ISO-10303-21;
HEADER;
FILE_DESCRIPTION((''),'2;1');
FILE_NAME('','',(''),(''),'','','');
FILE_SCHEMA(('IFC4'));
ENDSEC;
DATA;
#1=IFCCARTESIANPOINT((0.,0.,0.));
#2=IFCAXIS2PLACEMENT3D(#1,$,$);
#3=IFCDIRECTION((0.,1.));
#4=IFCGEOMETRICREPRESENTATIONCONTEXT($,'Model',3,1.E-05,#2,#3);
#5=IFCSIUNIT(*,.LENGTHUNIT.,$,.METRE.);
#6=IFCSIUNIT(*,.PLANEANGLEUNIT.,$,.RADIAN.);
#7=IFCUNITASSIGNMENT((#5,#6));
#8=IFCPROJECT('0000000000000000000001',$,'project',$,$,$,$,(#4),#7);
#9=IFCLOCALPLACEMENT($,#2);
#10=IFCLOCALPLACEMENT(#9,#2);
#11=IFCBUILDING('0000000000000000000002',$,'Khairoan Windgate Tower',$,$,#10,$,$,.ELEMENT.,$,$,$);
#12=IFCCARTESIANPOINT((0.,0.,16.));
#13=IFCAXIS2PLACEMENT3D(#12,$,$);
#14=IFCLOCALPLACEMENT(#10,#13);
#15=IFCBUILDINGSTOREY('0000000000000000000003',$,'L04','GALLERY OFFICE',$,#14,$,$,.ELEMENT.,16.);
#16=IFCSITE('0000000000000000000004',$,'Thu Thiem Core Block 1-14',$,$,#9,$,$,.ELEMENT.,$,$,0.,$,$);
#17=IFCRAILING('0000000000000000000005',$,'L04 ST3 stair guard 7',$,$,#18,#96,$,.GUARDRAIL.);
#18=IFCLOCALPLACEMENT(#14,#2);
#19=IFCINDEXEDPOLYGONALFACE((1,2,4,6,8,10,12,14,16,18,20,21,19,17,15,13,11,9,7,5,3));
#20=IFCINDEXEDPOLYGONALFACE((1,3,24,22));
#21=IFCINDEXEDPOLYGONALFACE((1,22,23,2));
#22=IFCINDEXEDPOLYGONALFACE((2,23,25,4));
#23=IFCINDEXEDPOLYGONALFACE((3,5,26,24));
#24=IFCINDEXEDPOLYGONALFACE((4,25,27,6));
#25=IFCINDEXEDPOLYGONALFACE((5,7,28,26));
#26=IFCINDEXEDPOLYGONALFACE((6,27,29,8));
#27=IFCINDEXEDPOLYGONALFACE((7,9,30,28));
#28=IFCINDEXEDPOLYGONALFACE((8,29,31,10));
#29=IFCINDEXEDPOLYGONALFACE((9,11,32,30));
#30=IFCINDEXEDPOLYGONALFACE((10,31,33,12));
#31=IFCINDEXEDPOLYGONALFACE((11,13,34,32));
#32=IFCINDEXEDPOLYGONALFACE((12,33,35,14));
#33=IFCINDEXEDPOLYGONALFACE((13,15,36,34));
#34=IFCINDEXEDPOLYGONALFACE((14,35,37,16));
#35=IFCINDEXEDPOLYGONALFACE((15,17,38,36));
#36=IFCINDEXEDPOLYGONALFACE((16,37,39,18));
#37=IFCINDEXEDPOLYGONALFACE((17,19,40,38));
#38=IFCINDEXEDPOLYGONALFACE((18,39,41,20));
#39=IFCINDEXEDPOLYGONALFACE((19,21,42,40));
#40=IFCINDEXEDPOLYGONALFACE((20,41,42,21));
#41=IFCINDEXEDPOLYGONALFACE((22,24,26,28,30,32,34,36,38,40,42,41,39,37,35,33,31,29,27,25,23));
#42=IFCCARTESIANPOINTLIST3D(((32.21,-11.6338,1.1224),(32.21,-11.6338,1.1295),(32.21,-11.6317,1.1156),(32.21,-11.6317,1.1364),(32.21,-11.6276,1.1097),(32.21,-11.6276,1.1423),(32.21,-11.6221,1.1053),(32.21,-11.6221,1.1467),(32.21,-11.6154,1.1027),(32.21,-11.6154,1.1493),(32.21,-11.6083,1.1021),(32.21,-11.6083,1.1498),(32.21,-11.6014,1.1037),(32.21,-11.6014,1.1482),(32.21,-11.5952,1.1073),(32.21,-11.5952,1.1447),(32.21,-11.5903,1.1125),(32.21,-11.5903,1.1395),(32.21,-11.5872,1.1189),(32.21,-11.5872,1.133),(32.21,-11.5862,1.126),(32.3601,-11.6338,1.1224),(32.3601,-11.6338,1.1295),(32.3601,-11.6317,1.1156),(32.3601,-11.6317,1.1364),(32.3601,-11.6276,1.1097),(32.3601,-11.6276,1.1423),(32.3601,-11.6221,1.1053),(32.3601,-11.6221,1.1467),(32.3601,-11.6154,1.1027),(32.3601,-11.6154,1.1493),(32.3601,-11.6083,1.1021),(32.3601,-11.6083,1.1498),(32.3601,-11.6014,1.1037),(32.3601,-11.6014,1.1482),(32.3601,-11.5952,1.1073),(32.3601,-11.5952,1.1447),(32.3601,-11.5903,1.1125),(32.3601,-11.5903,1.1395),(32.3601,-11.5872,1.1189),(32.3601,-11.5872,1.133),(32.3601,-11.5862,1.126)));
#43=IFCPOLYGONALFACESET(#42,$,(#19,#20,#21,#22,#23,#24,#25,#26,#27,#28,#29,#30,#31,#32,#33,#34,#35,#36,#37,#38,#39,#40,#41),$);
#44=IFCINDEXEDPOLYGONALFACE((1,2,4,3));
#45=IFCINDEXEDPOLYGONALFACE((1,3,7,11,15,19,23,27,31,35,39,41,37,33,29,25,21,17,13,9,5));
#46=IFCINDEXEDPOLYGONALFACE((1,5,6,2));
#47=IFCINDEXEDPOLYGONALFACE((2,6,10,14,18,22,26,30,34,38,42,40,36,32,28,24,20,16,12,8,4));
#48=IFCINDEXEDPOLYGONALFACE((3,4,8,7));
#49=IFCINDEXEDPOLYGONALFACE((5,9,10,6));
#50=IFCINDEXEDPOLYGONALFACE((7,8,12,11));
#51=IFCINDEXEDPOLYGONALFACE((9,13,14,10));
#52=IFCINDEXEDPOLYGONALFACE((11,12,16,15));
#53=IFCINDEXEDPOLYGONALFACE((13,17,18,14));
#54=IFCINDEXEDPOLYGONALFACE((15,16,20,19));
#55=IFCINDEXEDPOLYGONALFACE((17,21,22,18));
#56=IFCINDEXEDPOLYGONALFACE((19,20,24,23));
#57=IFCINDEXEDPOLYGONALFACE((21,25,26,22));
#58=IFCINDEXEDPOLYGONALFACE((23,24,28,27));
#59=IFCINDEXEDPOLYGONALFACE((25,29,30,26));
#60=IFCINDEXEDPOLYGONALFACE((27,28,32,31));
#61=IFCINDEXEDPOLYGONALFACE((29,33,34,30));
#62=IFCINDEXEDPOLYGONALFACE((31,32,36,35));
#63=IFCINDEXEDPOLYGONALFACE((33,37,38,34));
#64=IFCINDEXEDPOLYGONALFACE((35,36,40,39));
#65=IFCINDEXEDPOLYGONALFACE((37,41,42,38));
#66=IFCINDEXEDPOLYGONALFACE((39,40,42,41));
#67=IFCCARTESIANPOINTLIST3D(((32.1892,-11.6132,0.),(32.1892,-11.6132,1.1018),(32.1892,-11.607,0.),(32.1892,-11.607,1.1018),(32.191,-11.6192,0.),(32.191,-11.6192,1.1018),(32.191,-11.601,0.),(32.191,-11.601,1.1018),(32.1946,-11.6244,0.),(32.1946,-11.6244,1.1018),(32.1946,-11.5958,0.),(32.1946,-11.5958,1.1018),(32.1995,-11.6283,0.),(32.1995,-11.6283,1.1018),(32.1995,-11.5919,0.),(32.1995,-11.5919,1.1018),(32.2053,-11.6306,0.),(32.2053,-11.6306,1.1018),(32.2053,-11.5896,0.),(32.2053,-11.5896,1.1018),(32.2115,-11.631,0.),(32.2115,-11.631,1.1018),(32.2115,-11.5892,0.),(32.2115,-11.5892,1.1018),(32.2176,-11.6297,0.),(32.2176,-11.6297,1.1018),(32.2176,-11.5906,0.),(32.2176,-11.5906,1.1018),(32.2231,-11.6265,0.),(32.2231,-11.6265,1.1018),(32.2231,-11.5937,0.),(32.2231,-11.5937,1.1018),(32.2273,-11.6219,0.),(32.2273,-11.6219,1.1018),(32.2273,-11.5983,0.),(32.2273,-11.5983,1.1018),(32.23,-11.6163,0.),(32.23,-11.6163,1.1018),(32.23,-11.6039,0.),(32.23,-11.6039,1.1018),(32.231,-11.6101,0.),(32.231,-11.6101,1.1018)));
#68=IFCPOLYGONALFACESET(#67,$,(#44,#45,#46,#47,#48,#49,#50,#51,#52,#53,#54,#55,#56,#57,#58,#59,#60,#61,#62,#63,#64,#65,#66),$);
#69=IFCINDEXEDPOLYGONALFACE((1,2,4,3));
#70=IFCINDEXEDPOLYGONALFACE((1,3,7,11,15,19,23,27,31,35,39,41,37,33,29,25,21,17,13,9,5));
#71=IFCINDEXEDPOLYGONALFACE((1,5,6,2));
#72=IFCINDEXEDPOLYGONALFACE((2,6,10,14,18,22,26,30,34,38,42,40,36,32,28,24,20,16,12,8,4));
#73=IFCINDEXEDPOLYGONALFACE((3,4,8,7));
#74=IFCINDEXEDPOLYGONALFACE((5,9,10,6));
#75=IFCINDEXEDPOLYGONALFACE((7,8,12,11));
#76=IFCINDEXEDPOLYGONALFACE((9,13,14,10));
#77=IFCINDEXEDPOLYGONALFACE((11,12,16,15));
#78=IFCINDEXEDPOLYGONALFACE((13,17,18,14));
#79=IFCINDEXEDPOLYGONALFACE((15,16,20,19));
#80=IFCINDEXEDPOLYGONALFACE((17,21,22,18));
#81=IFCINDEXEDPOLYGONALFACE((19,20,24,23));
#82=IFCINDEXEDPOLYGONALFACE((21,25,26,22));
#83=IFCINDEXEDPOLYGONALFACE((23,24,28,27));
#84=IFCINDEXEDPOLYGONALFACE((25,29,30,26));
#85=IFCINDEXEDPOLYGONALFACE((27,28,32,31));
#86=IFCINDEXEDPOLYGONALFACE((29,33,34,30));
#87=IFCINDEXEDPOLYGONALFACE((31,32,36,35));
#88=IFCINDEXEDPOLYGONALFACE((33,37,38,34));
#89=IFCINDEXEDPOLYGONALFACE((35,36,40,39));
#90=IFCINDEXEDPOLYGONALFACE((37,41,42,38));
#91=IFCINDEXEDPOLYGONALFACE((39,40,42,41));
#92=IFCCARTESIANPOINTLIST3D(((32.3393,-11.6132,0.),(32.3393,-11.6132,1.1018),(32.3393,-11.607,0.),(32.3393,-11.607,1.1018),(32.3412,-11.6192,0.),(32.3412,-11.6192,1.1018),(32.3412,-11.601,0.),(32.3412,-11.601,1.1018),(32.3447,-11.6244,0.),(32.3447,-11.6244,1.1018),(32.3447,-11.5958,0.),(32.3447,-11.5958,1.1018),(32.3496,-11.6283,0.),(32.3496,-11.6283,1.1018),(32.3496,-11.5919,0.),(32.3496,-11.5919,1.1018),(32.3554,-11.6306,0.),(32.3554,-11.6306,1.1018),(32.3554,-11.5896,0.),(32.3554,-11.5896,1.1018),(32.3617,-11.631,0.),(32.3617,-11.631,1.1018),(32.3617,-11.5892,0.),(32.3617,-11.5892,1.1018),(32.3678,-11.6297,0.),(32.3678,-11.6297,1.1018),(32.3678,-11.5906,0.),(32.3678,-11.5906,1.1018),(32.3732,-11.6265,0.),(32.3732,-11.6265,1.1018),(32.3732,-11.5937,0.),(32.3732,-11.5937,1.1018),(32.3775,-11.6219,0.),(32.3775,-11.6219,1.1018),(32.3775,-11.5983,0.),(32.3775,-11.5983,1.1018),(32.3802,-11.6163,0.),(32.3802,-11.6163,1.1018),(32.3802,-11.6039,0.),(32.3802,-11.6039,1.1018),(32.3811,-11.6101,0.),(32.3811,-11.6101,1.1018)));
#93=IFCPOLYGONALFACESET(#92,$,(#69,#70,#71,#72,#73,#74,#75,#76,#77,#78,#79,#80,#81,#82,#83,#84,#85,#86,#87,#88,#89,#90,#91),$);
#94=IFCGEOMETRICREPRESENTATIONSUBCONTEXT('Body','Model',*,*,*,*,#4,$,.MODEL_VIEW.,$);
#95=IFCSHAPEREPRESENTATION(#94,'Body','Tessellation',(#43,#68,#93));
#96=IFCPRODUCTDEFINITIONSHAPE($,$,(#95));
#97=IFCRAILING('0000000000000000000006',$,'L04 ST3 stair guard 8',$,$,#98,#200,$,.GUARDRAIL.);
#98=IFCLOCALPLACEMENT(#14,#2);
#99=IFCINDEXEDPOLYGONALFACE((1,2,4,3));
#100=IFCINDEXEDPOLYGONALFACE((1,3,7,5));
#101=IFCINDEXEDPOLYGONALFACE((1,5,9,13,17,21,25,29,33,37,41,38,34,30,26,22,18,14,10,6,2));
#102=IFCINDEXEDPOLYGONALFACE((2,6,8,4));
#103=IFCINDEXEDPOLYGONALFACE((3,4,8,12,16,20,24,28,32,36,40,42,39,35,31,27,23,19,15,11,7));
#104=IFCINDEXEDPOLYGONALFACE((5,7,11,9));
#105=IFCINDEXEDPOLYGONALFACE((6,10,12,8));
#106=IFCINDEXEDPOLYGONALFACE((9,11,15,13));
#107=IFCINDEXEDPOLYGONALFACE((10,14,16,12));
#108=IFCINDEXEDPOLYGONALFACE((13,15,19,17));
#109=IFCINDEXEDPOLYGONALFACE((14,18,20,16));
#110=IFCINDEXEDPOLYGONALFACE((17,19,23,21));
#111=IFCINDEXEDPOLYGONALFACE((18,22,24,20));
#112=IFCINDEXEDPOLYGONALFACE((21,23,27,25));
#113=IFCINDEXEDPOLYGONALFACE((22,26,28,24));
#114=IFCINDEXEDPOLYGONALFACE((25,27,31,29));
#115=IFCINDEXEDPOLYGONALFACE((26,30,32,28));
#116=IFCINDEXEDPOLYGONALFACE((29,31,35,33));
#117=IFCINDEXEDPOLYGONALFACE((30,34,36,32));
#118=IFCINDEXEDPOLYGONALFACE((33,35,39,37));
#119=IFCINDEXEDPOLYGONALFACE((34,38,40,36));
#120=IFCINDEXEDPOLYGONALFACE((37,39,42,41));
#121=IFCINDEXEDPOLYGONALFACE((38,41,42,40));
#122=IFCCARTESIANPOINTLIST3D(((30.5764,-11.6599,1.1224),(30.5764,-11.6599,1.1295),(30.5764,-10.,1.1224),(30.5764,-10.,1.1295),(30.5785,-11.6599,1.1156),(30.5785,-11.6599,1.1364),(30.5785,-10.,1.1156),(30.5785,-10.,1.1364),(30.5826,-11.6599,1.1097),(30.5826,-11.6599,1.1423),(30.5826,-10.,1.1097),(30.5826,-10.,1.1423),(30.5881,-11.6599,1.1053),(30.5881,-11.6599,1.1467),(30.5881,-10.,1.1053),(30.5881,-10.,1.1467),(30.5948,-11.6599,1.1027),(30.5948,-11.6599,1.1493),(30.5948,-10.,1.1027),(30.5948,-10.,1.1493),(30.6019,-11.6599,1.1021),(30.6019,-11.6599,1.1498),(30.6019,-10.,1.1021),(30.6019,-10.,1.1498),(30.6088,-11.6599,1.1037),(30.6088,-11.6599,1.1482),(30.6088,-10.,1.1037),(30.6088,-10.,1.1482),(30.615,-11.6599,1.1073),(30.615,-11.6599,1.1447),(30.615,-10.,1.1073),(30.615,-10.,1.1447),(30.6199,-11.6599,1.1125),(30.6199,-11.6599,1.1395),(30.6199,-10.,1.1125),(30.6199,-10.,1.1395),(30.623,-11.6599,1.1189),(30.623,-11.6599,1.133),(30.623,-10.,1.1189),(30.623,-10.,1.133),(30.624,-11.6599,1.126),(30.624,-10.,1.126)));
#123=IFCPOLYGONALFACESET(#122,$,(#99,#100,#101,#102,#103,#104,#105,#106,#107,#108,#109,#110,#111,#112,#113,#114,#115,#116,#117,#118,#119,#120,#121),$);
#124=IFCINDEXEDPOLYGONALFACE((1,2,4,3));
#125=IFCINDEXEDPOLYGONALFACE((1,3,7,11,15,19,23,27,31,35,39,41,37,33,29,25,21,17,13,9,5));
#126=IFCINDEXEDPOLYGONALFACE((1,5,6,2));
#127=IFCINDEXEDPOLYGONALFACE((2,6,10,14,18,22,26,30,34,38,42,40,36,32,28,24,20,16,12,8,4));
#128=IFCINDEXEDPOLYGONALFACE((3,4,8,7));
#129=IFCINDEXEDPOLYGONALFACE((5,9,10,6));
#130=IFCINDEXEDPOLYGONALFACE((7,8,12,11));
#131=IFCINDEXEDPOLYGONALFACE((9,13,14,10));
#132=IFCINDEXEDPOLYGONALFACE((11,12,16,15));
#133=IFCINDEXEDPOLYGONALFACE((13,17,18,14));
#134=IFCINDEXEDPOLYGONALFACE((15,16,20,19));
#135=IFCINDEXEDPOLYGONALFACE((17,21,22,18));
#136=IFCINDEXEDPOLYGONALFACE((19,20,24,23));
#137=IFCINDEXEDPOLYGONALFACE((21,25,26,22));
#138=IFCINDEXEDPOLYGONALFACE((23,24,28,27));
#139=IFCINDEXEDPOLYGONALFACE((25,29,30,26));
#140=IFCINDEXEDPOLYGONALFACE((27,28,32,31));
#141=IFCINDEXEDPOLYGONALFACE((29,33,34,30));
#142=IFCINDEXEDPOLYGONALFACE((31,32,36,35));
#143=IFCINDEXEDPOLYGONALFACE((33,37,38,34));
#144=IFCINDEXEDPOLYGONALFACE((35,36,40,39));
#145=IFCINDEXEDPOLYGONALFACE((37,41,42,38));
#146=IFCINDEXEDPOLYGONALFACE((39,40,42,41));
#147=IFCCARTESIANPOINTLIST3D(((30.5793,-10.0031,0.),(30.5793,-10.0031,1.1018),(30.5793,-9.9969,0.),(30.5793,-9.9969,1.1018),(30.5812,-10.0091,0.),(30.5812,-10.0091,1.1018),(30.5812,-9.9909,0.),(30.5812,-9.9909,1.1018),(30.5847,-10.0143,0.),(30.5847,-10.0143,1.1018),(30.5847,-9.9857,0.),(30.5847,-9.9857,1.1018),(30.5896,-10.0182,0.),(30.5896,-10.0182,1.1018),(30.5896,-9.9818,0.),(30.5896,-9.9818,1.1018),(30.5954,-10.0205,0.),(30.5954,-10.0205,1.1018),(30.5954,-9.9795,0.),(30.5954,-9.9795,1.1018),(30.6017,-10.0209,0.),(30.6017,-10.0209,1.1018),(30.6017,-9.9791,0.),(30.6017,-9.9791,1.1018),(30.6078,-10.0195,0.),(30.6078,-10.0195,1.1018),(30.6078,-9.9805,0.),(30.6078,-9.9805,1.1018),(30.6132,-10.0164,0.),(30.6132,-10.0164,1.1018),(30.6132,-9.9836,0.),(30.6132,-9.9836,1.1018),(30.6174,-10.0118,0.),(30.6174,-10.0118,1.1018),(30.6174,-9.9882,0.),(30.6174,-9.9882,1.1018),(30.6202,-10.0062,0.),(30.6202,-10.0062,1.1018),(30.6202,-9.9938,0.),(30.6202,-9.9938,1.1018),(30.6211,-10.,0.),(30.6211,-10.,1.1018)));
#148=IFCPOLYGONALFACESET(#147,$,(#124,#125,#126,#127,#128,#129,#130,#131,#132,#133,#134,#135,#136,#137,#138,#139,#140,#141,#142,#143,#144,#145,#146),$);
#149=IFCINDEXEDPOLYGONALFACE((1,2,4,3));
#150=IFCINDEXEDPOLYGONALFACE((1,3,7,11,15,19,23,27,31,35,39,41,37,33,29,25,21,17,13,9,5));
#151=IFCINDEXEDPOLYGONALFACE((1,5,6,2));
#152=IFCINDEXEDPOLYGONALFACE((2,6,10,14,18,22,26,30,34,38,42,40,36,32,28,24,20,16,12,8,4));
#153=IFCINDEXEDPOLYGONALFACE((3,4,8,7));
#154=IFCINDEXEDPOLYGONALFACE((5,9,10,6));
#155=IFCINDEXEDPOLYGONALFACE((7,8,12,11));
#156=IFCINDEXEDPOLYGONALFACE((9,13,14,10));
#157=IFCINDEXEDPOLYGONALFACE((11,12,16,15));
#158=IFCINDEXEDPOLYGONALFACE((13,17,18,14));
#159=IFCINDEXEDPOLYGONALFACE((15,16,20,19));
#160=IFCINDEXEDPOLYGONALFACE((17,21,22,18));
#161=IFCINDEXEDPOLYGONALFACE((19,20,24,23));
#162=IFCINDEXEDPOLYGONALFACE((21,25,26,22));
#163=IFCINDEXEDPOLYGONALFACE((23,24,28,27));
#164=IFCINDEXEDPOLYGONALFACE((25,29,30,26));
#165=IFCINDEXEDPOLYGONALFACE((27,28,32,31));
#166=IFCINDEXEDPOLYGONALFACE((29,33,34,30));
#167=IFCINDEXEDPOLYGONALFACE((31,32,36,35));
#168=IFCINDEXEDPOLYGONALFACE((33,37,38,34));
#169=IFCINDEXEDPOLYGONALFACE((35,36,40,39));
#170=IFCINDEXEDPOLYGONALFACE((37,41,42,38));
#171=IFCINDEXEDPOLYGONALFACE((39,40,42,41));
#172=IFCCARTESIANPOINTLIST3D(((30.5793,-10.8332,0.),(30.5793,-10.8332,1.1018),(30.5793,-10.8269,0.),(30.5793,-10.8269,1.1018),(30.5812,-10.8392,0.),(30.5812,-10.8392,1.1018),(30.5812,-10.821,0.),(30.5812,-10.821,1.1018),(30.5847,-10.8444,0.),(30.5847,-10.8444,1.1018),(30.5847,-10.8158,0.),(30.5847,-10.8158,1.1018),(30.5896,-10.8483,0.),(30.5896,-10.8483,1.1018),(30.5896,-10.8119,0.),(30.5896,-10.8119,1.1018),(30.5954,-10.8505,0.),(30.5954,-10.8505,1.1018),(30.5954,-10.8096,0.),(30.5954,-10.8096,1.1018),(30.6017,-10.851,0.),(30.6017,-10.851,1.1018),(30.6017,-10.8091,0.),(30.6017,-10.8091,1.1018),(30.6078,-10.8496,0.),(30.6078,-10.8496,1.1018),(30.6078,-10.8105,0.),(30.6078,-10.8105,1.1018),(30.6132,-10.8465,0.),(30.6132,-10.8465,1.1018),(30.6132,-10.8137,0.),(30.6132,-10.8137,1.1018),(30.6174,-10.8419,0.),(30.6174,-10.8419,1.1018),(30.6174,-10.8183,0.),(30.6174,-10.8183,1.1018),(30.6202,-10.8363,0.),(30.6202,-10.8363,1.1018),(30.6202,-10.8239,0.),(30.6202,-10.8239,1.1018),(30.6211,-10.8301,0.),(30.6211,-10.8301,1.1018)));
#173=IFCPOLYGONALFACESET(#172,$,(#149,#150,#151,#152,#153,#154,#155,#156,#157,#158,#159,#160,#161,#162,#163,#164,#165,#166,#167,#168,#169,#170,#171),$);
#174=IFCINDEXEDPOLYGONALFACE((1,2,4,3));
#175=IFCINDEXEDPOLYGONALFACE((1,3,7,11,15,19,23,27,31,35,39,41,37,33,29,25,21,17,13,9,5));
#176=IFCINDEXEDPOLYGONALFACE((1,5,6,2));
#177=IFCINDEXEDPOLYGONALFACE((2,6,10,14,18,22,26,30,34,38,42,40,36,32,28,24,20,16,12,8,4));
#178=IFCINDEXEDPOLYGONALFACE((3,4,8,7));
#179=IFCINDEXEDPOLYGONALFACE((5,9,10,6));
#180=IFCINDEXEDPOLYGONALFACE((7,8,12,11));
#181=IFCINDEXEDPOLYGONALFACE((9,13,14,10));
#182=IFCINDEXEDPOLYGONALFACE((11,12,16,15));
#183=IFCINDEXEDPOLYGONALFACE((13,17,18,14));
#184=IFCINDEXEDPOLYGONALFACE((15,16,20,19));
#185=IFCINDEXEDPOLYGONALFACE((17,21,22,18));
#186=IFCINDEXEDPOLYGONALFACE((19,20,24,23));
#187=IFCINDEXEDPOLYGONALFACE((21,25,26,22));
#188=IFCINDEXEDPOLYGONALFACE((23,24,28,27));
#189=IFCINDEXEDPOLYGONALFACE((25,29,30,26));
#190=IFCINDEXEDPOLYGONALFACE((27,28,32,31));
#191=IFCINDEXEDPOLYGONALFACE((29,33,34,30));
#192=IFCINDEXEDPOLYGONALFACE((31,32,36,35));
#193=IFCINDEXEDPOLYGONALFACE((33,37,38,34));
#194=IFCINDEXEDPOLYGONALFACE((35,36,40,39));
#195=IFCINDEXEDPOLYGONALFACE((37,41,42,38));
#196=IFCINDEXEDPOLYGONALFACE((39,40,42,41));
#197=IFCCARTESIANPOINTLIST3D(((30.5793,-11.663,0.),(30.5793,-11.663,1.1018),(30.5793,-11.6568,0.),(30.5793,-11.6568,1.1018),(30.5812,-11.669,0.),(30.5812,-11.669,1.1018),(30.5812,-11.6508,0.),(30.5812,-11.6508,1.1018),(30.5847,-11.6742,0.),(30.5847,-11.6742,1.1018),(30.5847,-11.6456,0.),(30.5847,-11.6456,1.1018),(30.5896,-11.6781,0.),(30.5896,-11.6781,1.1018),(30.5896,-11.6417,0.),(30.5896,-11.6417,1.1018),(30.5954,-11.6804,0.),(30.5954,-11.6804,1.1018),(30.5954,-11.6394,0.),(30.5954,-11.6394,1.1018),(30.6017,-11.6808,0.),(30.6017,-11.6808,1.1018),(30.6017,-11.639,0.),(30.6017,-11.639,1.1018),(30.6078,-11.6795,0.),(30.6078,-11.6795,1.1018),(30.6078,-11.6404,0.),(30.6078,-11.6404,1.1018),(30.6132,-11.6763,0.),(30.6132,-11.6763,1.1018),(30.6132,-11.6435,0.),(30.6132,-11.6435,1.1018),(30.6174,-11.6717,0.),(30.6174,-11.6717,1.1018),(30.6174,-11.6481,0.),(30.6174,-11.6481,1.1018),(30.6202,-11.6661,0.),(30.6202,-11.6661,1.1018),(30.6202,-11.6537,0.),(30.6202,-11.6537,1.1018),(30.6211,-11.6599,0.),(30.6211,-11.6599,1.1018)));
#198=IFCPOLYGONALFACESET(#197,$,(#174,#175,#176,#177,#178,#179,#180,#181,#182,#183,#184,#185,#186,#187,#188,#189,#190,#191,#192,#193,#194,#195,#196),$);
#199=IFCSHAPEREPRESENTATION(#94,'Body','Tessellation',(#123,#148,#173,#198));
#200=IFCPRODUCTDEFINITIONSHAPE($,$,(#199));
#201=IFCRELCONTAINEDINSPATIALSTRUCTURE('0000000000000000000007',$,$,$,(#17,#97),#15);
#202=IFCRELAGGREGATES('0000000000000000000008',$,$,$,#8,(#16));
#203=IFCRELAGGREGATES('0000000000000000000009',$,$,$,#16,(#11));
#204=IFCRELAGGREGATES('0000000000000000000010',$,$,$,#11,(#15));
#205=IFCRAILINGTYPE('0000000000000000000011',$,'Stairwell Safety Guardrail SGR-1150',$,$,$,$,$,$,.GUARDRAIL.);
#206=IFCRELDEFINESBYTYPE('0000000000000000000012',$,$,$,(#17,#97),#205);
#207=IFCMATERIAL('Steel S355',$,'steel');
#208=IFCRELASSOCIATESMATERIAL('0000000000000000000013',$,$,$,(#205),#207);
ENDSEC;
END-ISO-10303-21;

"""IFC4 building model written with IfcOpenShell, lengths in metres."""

from ifc_helpers import new_model, si_unit, direction, frame, origin, origin_2d, place, context, subcontext, project, spatial, circle, extrude, material, type_object, element, save


model = new_model("IFC4")

# Units and contexts
model_context = context("Model", 3, precision=1e-05, world=origin(), true_north=direction((0.0, 1.0)))
body_context = subcontext(model_context, "Body", "Model", "MODEL_VIEW")
ifc_project = project(units=[si_unit("LENGTHUNIT", "METRE"), si_unit("PLANEANGLEUNIT", "RADIAN")], contexts=[model_context])

# Site, building, storey
site_placement = place(None, origin())
site = spatial("IfcSite", under=ifc_project, at=site_placement, Name="Thu Thiem Core Block 1-14", CompositionType="ELEMENT", RefElevation=0.0)
building_placement = place(site_placement, origin())
building = spatial("IfcBuilding", under=site, at=building_placement, Name="Khairoan Windgate Tower", CompositionType="ELEMENT")
storey_placement = place(building_placement, frame((0.0, 0.0, 16.0)))
storey = spatial("IfcBuildingStorey", under=building, at=storey_placement, Name="L04", Description="GALLERY OFFICE", CompositionType="ELEMENT", Elevation=16.0)

# Railings
ifc_material_1 = material(Name="Steel S355", Category="steel")
railing_type_1 = type_object("IfcRailingType", Name="Stairwell Safety Guardrail SGR-1150", PredefinedType="GUARDRAIL", material=ifc_material_1)
railing_1_placement = place(storey_placement, frame((32.21, -11.6101, 0.0)))
element("IfcRailing", 1, at=railing_1_placement, inside=storey, type_object=railing_type_1, Name="L04 ST3 stair guard 7", PredefinedType="GUARDRAIL", context=body_context, shape_type="SweptSolid", body=[
    extrude(circle(Radius=0.0239, at=origin_2d()), frame((0.0, 0.0, 1.126), z_axis=(1.0, 0.0, 0.0), x_axis=(0.0, 1.0, 0.0)), (0.0, 0.0, 1.0), 0.1501),
    extrude(circle(Radius=0.021, at=origin_2d()), origin(), (0.0, 0.0, 1.0), 1.1018),
    extrude(circle(Radius=0.021, at=origin_2d()), frame((0.1501, 0.0, 0.0)), (0.0, 0.0, 1.0), 1.1018),
])
for number, where, name in (
    (2, (30.6001, -10.0, 0.0), "L04 ST3 stair guard 8"),
):
    element("IfcRailing", number, at=place(storey_placement, frame(where)), inside=storey, type_object=railing_type_1, Name=name, PredefinedType="GUARDRAIL", context=body_context, shape_type="SweptSolid", body=[
        extrude(circle(Radius=0.0239, at=origin_2d()), frame((0.0, 0.0, 1.126), z_axis=(0.0, -1.0, 0.0), x_axis=(1.0, 0.0, 0.0)), (0.0, 0.0, 1.0), 1.6599),
        extrude(circle(Radius=0.021, at=origin_2d()), origin(), (0.0, 0.0, 1.0), 1.1018),
        extrude(circle(Radius=0.021, at=origin_2d()), frame((0.0, -0.8301, 0.0)), (0.0, 0.0, 1.0), 1.1018),
        extrude(circle(Radius=0.021, at=origin_2d()), frame((0.0, -1.6599, 0.0)), (0.0, 0.0, 1.0), 1.1018),
    ])

save(model, "model.ifc")
